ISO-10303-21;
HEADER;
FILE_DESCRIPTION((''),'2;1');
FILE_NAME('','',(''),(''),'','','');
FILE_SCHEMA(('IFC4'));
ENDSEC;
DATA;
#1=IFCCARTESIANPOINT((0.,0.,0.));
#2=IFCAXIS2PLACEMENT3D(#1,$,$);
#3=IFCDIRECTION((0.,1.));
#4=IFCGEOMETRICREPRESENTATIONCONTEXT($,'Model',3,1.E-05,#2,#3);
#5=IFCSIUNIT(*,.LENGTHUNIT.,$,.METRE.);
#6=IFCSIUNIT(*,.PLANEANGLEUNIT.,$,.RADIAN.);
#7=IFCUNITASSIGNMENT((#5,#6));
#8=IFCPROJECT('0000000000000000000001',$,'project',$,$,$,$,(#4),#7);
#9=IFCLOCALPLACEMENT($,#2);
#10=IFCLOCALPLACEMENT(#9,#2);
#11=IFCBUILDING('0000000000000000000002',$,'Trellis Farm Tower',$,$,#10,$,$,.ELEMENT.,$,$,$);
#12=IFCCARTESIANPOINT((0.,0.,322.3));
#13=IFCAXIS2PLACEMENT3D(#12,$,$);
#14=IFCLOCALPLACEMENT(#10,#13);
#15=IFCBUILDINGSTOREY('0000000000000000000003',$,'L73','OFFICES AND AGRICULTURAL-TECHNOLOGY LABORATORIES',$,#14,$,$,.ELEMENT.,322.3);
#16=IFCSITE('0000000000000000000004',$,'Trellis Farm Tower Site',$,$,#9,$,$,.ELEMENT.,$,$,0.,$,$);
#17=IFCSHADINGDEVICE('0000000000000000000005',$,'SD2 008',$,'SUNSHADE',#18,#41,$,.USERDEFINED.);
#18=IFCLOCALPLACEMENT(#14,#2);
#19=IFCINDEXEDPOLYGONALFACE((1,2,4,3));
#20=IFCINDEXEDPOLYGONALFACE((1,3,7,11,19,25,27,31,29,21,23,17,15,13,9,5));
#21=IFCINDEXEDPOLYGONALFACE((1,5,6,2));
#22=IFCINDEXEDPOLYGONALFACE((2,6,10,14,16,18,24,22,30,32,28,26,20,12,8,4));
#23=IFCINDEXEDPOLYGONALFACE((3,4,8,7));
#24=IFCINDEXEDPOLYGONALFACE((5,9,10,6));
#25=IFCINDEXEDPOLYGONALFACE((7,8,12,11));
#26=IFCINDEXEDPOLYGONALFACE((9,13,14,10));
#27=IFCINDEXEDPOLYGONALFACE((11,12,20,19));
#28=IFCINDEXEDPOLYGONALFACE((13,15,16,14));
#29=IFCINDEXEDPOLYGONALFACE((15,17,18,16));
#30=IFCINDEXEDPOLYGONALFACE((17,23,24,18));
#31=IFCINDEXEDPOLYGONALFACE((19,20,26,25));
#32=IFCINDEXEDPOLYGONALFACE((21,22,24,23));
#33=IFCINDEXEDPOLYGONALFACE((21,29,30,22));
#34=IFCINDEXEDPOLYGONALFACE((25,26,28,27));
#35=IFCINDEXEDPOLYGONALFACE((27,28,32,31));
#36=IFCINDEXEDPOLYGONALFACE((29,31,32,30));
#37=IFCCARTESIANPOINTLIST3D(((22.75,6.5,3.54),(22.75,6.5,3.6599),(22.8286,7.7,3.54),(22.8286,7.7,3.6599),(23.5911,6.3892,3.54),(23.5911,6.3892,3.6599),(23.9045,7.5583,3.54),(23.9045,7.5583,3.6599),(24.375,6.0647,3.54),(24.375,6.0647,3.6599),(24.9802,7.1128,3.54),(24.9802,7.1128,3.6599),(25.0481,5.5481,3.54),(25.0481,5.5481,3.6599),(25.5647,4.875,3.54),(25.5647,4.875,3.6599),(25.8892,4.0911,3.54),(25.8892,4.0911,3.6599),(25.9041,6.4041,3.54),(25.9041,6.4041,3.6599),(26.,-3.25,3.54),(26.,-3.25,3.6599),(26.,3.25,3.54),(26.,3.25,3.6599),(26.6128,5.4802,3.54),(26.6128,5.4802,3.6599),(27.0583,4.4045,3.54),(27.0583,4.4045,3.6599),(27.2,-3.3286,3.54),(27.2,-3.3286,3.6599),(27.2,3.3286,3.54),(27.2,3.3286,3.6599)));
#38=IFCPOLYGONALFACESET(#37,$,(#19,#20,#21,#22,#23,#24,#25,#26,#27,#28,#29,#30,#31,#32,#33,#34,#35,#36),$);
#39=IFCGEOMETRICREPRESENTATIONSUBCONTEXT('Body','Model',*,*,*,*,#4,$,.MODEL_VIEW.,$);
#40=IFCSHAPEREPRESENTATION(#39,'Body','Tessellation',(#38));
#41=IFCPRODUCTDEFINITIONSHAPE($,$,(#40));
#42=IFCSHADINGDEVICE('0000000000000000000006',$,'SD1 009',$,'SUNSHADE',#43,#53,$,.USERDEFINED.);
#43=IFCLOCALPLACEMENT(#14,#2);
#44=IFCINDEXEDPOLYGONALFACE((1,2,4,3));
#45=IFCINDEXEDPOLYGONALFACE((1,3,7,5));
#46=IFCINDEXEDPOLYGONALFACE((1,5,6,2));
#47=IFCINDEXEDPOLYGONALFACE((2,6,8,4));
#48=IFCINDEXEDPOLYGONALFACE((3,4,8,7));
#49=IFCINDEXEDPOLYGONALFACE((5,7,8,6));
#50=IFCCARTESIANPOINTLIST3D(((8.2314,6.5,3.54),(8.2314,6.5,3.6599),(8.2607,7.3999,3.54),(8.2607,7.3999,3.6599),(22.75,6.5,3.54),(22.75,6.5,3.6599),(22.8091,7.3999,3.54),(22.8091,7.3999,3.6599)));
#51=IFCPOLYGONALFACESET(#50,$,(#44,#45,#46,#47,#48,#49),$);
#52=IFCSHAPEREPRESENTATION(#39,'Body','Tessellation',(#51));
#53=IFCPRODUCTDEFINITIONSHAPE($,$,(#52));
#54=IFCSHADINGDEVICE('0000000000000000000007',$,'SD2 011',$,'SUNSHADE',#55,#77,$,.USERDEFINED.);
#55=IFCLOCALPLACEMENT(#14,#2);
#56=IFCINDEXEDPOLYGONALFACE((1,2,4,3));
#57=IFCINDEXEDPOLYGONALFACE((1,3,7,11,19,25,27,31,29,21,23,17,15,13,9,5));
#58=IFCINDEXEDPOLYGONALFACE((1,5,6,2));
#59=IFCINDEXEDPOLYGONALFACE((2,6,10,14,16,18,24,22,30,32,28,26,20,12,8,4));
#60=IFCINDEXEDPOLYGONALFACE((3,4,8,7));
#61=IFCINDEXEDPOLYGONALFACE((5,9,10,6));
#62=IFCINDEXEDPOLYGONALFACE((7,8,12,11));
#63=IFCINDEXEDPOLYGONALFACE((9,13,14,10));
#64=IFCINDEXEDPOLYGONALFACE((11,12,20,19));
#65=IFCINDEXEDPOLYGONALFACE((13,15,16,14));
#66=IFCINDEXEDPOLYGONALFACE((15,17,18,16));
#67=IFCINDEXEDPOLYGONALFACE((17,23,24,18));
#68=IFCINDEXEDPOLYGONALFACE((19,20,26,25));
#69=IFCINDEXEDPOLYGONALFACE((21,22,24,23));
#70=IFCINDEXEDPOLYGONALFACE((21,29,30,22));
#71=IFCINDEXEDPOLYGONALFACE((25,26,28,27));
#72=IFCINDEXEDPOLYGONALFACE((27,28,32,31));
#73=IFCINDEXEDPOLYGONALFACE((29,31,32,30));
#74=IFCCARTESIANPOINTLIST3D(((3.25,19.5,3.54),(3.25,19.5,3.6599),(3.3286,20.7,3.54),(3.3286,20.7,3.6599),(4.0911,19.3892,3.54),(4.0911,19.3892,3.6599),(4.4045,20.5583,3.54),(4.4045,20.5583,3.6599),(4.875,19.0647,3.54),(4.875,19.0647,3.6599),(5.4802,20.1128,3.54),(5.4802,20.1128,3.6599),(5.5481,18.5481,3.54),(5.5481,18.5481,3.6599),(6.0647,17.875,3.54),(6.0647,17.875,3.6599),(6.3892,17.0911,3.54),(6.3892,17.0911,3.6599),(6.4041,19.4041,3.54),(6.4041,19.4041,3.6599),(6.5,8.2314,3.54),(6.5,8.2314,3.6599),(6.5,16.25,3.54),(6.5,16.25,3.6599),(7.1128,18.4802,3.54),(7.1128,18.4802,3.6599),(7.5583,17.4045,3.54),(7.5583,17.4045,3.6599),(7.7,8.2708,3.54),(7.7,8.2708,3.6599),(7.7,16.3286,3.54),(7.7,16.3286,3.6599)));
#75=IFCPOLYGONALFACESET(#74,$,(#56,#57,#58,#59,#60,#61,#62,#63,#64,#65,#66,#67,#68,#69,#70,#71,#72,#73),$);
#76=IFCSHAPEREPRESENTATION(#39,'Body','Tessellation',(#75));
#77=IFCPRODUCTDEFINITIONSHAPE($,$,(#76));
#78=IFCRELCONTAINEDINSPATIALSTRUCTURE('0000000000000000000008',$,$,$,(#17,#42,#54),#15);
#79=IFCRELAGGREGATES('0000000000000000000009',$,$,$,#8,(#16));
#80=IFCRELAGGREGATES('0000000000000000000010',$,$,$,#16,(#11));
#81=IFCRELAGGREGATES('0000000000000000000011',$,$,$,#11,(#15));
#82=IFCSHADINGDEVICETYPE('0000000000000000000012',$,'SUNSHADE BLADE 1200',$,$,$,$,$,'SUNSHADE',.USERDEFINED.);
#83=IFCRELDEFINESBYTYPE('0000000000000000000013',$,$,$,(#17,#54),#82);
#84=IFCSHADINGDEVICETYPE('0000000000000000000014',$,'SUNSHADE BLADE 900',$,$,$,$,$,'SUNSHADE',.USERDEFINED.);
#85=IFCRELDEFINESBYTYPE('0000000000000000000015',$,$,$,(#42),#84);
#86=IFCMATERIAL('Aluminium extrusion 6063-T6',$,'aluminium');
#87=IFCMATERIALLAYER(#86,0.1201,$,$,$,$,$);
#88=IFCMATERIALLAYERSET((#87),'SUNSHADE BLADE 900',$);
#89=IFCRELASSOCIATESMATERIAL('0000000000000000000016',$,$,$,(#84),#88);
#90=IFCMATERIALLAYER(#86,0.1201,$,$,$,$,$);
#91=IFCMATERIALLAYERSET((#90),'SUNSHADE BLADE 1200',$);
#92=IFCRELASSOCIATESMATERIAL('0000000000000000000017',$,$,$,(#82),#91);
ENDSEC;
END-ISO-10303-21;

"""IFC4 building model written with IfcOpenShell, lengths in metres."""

from ifc_helpers import new_model, si_unit, direction, frame, origin, place, context, subcontext, project, spatial, polyline, outline, extrude, source, transform, mapped, material, layer, layer_set, type_object, element, save


model = new_model("IFC4")

# Units and contexts
model_context = context("Model", 3, precision=1e-05, world=origin(), true_north=direction((0.0, 1.0)))
body_context = subcontext(model_context, "Body", "Model", "MODEL_VIEW")
ifc_project = project(units=[si_unit("LENGTHUNIT", "METRE"), si_unit("PLANEANGLEUNIT", "RADIAN")], contexts=[model_context])

# Site, building, storey
site_placement = place(None, origin())
site = spatial("IfcSite", under=ifc_project, at=site_placement, Name="Trellis Farm Tower Site", CompositionType="ELEMENT", RefElevation=0.0)
building_placement = place(site_placement, origin())
building = spatial("IfcBuilding", under=site, at=building_placement, Name="Trellis Farm Tower", CompositionType="ELEMENT")
storey_placement = place(building_placement, frame((0.0, 0.0, 322.3)))
storey = spatial("IfcBuildingStorey", under=building, at=storey_placement, Name="L73", Description="OFFICES AND AGRICULTURAL-TECHNOLOGY LABORATORIES", CompositionType="ELEMENT", Elevation=322.3)

# Shared definitions
ifc_material_1 = material(Name="Aluminium extrusion 6063-T6", Category="aluminium")

# Shading devices
ifc_layer_1 = layer(ifc_material_1, 0.1201)
ifc_layer_set_1 = layer_set([ifc_layer_1], Name="SUNSHADE BLADE 900")
shading_device_type_1 = type_object("IfcShadingDeviceType", Name="SUNSHADE BLADE 900", ElementType="SUNSHADE", PredefinedType="USERDEFINED", material=ifc_layer_set_1)
placement_1 = place(storey_placement, frame((0.0, 0.0, 3.54)))
ifc_layer_2 = layer(ifc_material_1, 0.1201)
ifc_layer_set_2 = layer_set([ifc_layer_2], Name="SUNSHADE BLADE 1200")
shading_device_type_2 = type_object("IfcShadingDeviceType", Name="SUNSHADE BLADE 1200", ElementType="SUNSHADE", PredefinedType="USERDEFINED", material=ifc_layer_set_2)
shared_shape_1 = source(origin(), body_context, "Body", "SweptSolid", [
    extrude(outline(polyline([(27.2, -3.3286), (27.2, 3.3286), (27.0583, 4.4045), (26.6128, 5.4802), (25.9041, 6.4041), (24.9802, 7.1128), (23.9045, 7.5583), (22.8286, 7.7), (22.75, 6.5), (23.5911, 6.3892), (24.375, 6.0647), (25.0481, 5.5481), (25.5647, 4.875), (25.8892, 4.0911), (26.0, 3.25), (26.0, -3.25), (27.2, -3.3286)])), origin(), (0.0, 0.0, 1.0), 0.1199),
])
element("IfcShadingDevice", 1, at=placement_1, inside=storey, type_object=shading_device_type_2, Name="SD2 008", ObjectType="SUNSHADE", PredefinedType="USERDEFINED", context=body_context, shape_type="MappedRepresentation", body=[
    mapped(shared_shape_1, transform((0.0, 0.0, 0.0))),
])
shared_shape_2 = source(origin(), body_context, "Body", "SweptSolid", [
    extrude(outline(polyline([(22.8091, 7.3999), (8.2607, 7.3999), (8.2314, 6.5), (22.75, 6.5), (22.8091, 7.3999)])), origin(), (0.0, 0.0, 1.0), 0.1199),
])
element("IfcShadingDevice", 2, at=placement_1, inside=storey, type_object=shading_device_type_1, Name="SD1 009", ObjectType="SUNSHADE", PredefinedType="USERDEFINED", context=body_context, shape_type="MappedRepresentation", body=[
    mapped(shared_shape_2, transform((0.0, 0.0, 0.0))),
])
shared_shape_3 = source(origin(), body_context, "Body", "SweptSolid", [
    extrude(outline(polyline([(7.7, 8.2708), (7.7, 16.3286), (7.5583, 17.4045), (7.1128, 18.4802), (6.4041, 19.4041), (5.4802, 20.1128), (4.4045, 20.5583), (3.3286, 20.7), (3.25, 19.5), (4.0911, 19.3892), (4.875, 19.0647), (5.5481, 18.5481), (6.0647, 17.875), (6.3892, 17.0911), (6.5, 16.25), (6.5, 8.2314), (7.7, 8.2708)])), origin(), (0.0, 0.0, 1.0), 0.1199),
])
element("IfcShadingDevice", 3, at=placement_1, inside=storey, type_object=shading_device_type_2, Name="SD2 011", ObjectType="SUNSHADE", PredefinedType="USERDEFINED", context=body_context, shape_type="MappedRepresentation", body=[
    mapped(shared_shape_3, transform((0.0, 0.0, 0.0))),
])

save(model, "model.ifc")
